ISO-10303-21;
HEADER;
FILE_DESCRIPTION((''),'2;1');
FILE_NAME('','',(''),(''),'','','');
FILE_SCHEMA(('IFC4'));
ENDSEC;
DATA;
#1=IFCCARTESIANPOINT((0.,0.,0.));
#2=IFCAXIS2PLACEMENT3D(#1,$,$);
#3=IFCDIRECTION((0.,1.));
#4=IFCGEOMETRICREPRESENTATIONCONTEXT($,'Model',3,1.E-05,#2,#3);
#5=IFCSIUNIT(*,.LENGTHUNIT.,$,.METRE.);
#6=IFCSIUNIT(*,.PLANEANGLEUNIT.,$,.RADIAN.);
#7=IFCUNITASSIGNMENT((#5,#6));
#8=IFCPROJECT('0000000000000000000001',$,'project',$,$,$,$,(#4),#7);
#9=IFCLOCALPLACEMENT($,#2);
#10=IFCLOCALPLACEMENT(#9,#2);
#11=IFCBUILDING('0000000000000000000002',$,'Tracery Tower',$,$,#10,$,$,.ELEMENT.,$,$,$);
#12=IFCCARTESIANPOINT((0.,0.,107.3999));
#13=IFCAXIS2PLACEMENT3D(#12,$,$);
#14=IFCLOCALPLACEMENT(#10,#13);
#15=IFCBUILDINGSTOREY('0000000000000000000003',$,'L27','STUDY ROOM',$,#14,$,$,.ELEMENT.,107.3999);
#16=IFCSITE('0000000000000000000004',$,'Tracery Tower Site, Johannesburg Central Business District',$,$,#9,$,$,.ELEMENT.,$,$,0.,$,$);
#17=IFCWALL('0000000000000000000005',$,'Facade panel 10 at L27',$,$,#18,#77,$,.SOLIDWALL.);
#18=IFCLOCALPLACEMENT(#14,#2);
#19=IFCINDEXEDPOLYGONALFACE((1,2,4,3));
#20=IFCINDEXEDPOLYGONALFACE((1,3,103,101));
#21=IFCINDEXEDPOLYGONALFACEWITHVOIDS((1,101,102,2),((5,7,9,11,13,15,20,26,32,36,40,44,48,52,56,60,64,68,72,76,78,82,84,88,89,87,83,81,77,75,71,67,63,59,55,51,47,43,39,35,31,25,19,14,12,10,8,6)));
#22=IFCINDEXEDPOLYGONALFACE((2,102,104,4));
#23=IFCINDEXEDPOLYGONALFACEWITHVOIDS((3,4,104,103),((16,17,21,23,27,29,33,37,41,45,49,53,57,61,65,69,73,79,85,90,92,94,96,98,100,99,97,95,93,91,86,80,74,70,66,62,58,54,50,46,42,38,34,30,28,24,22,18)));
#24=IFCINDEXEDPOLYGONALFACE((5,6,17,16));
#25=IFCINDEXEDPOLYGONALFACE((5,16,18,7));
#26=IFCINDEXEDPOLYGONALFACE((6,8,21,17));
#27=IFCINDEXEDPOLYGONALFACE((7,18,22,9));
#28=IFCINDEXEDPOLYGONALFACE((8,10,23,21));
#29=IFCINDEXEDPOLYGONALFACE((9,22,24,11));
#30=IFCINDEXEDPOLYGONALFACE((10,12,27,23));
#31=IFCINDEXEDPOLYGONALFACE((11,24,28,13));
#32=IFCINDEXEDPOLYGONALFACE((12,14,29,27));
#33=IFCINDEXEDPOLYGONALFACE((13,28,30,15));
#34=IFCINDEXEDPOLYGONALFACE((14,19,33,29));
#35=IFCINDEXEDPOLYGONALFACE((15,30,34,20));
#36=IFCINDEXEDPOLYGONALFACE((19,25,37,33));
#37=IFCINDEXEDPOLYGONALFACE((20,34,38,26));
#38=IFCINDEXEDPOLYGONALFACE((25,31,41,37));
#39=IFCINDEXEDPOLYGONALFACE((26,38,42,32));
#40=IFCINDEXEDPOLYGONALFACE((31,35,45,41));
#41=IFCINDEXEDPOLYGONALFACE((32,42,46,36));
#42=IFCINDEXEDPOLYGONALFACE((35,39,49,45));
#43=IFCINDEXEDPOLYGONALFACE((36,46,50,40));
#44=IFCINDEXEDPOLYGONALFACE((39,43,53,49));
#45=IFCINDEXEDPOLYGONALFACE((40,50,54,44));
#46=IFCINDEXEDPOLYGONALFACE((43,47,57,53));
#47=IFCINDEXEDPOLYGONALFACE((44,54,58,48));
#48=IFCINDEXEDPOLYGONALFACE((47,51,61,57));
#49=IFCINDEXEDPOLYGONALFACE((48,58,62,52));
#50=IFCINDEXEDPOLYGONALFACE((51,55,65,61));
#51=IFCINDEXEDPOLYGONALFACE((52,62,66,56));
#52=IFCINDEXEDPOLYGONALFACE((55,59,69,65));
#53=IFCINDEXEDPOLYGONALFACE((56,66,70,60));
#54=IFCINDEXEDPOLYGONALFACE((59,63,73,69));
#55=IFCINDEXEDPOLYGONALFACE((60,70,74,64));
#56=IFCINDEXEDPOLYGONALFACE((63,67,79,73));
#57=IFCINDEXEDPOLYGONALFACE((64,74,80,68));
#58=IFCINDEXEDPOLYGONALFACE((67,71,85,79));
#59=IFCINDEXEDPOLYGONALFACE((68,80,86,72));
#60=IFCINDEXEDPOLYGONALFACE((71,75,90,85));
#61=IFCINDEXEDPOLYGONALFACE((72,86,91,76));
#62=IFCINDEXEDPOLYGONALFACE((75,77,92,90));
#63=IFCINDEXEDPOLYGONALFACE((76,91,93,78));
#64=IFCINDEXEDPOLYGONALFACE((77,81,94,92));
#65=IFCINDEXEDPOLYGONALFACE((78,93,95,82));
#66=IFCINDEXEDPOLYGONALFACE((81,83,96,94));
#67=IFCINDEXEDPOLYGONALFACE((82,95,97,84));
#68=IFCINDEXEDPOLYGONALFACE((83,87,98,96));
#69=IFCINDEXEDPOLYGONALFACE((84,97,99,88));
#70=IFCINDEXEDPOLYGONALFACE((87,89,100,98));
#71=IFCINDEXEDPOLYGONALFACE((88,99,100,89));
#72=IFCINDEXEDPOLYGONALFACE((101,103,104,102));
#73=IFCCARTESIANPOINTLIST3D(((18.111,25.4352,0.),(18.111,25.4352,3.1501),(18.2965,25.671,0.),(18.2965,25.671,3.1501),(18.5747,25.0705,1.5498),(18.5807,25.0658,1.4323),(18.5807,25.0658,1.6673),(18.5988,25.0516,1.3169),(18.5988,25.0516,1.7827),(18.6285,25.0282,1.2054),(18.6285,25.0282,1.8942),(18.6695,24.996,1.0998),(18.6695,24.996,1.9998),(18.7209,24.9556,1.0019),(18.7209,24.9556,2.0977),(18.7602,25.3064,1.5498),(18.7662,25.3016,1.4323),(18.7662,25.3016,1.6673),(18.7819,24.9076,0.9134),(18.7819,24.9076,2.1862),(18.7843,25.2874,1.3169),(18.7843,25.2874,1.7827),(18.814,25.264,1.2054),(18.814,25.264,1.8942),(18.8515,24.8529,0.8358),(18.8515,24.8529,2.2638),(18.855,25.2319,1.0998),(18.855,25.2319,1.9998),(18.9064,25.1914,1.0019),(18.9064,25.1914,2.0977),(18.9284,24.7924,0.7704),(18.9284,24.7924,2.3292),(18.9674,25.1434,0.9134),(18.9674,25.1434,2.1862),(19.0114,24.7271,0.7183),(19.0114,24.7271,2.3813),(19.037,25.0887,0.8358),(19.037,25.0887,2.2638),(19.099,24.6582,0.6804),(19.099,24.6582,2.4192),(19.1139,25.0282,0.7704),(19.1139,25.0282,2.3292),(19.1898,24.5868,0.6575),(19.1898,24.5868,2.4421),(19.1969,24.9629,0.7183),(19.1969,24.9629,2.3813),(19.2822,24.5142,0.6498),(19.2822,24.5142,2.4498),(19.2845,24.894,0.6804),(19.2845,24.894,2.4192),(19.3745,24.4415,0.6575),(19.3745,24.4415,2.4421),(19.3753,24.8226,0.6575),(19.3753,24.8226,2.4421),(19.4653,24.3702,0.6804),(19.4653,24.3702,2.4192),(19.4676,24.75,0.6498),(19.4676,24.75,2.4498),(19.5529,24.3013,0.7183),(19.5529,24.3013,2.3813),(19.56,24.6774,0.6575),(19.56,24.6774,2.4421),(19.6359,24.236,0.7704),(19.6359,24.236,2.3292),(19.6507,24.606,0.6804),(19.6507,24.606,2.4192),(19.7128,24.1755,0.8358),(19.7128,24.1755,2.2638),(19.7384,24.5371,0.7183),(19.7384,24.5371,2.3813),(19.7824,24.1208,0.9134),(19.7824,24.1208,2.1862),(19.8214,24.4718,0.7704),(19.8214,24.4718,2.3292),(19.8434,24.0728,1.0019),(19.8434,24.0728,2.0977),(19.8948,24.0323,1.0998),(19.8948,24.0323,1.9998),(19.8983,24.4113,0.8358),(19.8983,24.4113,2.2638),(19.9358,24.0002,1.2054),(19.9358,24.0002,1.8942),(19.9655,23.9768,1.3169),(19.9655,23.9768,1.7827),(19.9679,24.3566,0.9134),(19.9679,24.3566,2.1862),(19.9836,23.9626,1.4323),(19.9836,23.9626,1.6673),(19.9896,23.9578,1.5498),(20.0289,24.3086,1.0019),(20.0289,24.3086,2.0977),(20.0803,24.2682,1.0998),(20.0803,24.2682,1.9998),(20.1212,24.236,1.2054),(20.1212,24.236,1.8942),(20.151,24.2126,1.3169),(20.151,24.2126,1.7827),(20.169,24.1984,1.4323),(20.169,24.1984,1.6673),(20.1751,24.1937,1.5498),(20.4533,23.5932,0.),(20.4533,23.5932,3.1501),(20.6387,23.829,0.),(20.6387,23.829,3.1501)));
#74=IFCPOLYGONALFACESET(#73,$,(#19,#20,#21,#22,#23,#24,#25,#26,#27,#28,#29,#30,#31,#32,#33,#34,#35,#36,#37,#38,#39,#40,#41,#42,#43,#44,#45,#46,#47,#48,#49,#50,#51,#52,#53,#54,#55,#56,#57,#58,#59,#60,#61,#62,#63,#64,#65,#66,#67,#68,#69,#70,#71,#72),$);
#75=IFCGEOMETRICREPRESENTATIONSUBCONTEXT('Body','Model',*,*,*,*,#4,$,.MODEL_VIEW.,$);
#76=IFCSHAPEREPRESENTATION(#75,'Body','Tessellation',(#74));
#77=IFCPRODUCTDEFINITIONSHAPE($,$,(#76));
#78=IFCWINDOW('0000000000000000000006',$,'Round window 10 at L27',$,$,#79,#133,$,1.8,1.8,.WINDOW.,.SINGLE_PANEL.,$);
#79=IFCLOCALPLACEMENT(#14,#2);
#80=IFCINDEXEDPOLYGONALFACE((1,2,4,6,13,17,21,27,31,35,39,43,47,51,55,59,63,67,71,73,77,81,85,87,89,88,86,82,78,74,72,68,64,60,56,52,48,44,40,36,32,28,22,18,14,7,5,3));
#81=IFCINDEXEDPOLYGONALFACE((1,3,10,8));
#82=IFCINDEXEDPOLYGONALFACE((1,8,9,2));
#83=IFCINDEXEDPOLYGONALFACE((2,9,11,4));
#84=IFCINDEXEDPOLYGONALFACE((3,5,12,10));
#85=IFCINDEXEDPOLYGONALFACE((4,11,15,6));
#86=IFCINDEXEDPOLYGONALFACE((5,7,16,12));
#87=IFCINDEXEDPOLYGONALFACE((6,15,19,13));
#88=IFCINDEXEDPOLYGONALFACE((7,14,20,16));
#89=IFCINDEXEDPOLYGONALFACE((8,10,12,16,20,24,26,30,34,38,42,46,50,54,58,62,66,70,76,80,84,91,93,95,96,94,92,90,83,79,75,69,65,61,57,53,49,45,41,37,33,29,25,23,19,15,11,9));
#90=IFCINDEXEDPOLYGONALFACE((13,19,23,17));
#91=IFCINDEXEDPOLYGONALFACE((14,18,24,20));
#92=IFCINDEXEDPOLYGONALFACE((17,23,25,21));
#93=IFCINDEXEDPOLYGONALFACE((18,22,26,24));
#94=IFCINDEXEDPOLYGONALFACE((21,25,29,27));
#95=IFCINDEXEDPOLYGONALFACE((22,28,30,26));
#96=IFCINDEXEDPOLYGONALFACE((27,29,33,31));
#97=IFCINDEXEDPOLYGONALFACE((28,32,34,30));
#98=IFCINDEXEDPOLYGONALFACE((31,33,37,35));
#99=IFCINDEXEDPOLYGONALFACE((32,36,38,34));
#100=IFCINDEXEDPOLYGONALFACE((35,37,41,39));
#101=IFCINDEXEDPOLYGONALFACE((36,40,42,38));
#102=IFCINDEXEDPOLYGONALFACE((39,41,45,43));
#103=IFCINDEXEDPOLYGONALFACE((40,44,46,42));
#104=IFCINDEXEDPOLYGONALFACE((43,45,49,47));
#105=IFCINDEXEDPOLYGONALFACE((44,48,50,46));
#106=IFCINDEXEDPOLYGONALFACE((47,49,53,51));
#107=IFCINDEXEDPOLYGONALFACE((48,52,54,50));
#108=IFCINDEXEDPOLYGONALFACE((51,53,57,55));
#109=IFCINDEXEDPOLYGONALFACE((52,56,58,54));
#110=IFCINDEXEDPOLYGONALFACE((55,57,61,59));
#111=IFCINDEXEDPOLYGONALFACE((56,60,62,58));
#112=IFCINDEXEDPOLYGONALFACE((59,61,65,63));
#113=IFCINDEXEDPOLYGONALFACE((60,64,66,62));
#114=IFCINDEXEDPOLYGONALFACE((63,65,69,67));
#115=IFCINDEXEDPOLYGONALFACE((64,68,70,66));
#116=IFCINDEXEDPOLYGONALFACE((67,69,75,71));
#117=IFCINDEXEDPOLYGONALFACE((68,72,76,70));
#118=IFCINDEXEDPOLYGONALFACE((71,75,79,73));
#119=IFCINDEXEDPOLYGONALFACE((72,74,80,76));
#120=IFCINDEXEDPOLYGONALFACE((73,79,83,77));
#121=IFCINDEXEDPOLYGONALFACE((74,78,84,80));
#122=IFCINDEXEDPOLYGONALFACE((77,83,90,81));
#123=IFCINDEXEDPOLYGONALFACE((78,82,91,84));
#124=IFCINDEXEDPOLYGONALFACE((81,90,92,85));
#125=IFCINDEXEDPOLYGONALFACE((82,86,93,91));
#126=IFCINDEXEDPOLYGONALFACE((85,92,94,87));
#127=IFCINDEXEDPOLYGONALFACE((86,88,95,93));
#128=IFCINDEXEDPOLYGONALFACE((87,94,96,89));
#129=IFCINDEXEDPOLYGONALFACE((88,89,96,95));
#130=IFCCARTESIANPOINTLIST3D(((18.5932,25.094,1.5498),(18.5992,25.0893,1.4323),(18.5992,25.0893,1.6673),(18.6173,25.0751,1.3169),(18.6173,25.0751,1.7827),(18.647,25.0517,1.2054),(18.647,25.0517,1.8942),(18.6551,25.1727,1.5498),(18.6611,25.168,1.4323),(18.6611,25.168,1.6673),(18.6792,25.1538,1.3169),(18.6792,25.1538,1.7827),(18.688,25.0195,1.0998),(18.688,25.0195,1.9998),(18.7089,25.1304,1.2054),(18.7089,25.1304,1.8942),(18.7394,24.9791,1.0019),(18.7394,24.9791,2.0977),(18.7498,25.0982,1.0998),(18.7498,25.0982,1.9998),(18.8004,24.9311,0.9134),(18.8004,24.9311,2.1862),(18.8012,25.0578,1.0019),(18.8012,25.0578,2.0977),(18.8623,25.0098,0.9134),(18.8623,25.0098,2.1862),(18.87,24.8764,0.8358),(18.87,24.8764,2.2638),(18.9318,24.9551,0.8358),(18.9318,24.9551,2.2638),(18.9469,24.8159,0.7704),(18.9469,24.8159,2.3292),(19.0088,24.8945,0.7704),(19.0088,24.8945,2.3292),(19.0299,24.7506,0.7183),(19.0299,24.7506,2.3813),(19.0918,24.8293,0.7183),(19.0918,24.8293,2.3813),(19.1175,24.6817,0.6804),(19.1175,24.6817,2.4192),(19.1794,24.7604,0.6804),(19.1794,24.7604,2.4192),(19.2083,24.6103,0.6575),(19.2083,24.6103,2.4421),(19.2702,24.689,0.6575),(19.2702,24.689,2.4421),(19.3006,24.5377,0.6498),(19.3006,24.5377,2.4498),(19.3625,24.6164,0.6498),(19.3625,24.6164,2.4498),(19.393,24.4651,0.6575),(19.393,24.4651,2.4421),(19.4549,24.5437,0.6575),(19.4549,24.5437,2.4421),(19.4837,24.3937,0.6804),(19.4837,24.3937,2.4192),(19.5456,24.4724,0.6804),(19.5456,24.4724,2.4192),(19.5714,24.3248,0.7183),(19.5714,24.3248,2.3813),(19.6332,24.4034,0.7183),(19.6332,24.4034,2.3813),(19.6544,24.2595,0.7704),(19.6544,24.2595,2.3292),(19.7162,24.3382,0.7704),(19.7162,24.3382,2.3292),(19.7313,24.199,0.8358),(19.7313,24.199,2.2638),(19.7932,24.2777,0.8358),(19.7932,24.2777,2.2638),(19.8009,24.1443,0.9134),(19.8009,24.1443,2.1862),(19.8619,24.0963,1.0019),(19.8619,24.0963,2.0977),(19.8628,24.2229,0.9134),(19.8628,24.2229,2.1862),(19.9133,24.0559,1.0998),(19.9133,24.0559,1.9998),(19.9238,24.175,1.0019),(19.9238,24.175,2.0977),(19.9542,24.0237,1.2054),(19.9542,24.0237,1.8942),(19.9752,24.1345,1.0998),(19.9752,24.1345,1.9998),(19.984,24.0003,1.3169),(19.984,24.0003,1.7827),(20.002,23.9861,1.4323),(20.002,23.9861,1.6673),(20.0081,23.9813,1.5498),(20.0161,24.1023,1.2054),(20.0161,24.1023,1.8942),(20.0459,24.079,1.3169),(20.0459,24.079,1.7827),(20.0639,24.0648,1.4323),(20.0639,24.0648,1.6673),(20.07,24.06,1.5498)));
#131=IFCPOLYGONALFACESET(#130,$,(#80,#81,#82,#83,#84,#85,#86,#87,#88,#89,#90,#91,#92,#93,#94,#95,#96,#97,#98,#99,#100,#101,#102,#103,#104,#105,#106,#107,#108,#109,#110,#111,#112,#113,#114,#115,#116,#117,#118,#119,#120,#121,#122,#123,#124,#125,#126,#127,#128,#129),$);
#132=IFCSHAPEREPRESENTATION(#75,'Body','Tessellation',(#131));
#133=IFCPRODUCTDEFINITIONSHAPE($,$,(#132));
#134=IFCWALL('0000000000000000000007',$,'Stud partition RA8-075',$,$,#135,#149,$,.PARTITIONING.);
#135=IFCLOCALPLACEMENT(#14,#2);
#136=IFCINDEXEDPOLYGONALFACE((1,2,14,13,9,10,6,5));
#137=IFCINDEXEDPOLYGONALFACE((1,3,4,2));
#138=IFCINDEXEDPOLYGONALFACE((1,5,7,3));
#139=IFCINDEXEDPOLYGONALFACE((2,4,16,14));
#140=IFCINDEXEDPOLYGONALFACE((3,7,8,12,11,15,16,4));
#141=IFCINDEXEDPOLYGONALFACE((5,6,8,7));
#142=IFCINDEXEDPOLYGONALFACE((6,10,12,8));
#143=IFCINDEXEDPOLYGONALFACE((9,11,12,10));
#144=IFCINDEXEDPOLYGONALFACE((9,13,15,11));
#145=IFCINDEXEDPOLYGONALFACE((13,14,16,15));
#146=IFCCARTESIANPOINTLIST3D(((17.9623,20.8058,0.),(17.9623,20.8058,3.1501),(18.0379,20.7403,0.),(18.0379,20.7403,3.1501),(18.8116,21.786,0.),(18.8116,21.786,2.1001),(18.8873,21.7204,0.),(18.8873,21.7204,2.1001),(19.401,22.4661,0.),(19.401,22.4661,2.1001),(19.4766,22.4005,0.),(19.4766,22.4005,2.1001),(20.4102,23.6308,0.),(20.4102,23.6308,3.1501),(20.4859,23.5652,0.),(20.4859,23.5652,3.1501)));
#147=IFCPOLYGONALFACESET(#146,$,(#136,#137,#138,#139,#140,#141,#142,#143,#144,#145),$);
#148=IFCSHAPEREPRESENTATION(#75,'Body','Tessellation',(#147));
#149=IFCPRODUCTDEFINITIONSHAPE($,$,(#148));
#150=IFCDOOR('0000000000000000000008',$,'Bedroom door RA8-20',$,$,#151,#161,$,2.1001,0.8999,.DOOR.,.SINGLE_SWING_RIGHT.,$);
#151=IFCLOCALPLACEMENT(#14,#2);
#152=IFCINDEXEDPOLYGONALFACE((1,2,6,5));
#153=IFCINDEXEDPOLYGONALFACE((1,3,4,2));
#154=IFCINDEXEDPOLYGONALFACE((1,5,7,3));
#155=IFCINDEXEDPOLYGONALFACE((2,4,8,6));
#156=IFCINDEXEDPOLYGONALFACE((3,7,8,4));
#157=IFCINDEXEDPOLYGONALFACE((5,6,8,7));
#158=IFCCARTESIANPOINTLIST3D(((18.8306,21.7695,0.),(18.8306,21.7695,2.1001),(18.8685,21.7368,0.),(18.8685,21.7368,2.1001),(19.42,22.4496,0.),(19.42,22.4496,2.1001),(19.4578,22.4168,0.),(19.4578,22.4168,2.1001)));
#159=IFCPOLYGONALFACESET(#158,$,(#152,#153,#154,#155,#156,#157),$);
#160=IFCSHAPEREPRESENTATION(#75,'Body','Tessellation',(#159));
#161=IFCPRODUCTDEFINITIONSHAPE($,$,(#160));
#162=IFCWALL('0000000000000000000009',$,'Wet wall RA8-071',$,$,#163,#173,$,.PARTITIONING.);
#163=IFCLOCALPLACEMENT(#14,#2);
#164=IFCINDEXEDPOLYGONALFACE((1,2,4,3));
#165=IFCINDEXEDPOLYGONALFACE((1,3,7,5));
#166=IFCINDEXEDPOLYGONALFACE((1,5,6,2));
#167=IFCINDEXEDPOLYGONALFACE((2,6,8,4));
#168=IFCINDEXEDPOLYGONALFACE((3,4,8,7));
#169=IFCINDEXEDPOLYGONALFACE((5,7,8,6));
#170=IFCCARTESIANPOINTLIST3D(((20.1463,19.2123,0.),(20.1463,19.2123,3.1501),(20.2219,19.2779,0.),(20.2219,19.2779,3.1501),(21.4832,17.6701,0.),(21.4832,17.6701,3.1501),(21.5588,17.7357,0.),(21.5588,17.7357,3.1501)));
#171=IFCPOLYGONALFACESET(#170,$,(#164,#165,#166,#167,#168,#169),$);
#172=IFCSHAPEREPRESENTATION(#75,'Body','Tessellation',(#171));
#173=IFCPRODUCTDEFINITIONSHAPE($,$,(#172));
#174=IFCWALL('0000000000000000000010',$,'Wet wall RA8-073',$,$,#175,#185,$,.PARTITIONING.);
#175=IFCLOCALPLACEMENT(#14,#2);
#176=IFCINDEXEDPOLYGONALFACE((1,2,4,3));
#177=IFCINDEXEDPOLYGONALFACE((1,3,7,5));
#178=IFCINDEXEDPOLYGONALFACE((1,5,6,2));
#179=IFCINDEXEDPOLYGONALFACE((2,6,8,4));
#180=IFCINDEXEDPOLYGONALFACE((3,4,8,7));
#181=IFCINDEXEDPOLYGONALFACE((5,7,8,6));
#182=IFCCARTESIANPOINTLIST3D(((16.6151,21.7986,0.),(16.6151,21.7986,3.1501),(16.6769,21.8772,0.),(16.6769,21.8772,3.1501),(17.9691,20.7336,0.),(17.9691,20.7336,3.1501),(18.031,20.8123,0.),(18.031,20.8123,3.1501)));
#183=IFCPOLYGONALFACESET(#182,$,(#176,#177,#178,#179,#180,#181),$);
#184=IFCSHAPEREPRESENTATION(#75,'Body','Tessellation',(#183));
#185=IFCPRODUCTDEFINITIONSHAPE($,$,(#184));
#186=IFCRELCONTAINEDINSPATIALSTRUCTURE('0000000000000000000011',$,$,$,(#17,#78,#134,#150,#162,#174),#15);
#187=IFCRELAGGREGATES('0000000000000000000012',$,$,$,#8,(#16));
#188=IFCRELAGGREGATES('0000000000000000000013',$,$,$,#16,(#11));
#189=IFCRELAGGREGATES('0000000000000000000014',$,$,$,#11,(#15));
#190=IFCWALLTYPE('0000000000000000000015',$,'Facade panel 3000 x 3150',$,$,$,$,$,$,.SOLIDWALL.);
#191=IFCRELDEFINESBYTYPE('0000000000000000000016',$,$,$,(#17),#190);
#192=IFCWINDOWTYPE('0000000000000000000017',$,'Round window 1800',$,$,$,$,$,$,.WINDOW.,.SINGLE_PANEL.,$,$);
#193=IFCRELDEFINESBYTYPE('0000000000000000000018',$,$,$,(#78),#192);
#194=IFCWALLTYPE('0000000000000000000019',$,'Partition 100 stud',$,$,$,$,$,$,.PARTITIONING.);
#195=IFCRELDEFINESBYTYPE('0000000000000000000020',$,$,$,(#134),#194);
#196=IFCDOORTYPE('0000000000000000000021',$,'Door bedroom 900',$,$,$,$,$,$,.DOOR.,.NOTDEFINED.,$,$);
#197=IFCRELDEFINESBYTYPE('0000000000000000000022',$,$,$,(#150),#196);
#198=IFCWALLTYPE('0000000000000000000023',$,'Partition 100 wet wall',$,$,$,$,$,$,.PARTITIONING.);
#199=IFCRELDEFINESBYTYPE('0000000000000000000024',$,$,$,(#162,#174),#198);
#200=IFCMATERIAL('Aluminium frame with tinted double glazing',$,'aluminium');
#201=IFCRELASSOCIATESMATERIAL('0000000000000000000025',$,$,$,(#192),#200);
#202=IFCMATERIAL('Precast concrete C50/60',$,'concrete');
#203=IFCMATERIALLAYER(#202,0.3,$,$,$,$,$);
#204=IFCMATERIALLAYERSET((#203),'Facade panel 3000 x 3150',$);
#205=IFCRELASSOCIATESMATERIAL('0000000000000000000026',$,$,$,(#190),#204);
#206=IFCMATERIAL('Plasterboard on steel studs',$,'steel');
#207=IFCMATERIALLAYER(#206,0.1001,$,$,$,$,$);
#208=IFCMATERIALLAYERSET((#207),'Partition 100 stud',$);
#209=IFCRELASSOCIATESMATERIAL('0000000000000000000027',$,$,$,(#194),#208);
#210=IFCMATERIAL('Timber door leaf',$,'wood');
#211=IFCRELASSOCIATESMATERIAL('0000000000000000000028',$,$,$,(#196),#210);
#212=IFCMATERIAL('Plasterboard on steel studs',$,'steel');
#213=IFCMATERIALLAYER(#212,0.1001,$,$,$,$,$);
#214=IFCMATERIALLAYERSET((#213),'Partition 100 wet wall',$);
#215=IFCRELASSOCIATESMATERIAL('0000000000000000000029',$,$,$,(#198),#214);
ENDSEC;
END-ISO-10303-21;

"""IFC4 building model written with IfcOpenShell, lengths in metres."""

from ifc_helpers import new_model, si_unit, direction, frame, frame_2d, origin, origin_2d, place, context, subcontext, project, spatial, rectangle, circle, extrude, material, layer, layer_set, type_object, element, fill, save


model = new_model("IFC4")

# Units and contexts
model_context = context("Model", 3, precision=1e-05, world=origin(), true_north=direction((0.0, 1.0)))
body_context = subcontext(model_context, "Body", "Model", "MODEL_VIEW")
ifc_project = project(units=[si_unit("LENGTHUNIT", "METRE"), si_unit("PLANEANGLEUNIT", "RADIAN")], contexts=[model_context])

# Site, building, storey
site_placement = place(None, origin())
site = spatial("IfcSite", under=ifc_project, at=site_placement, Name="Tracery Tower Site, Johannesburg Central Business District", CompositionType="ELEMENT", RefElevation=0.0)
building_placement = place(site_placement, origin())
building = spatial("IfcBuilding", under=site, at=building_placement, Name="Tracery Tower", CompositionType="ELEMENT")
storey_placement = place(building_placement, frame((0.0, 0.0, 107.3999)))
storey = spatial("IfcBuildingStorey", under=building, at=storey_placement, Name="L27", Description="STUDY ROOM", CompositionType="ELEMENT", Elevation=107.3999)

# Wall, opening, window
ifc_material_1 = material(Name="Aluminium frame with tinted double glazing", Category="aluminium")
window_type = type_object("IfcWindowType", Name="Round window 1800", PartitioningType="SINGLE_PANEL", PredefinedType="WINDOW", material=ifc_material_1)
ifc_material_2 = material(Name="Precast concrete C50/60", Category="concrete")
ifc_layer_1 = layer(ifc_material_2, 0.3)
ifc_layer_set_1 = layer_set([ifc_layer_1], Name="Facade panel 3000 x 3150")
wall_type_1 = type_object("IfcWallType", Name="Facade panel 3000 x 3150", PredefinedType="SOLIDWALL", material=ifc_layer_set_1)
wall_1_placement = place(storey_placement, frame((20.5459, 23.7112, 0.0), z_axis=(0.0, 0.0, 1.0), x_axis=(-0.786045, 0.618169, 0.0)))
wall_1 = element("IfcWall", 1, at=wall_1_placement, inside=storey, type_object=wall_type_1, Name="Facade panel 10 at L27", PredefinedType="SOLIDWALL", context=body_context, shape_type="SweptSolid", body=[
    extrude(rectangle(XDim=2.9797, YDim=0.3, at=frame_2d((1.4897, 0.0))), origin(), (0.0, 0.0, 1.0), 3.1501),
])
opening_1_placement = place(wall_1_placement, frame((1.4897, 0.0, 1.5498)))
opening_1 = element("IfcOpeningElement", 2, at=opening_1_placement, cuts=wall_1, PredefinedType="OPENING", context=body_context, shape_type="SweptSolid", body=[
    extrude(circle(Radius=0.9, at=origin_2d()), frame((0.0, 0.1599, 0.0), z_axis=(0.0, -1.0, 0.0), x_axis=(1.0, 0.0, 0.0)), (0.0, 0.0, 1.0), 0.3201),
])
window_1_placement = place(opening_1_placement, origin())
window_1 = element("IfcWindow", 3, at=window_1_placement, inside=storey, type_object=window_type, Name="Round window 10 at L27", OverallHeight=1.8, OverallWidth=1.8, PartitioningType="SINGLE_PANEL", PredefinedType="WINDOW", context=body_context, shape_type="SweptSolid", body=[
    extrude(circle(Radius=0.9, at=origin_2d()), frame((0.0, 0.1201, 0.0), z_axis=(0.0, -1.0, 0.0), x_axis=(1.0, 0.0, 0.0)), (0.0, 0.0, 1.0), 0.1001),
])
fill(opening_1, window_1)

# Wall, opening, door
ifc_material_3 = material(Name="Plasterboard on steel studs", Category="steel")
ifc_layer_2 = layer(ifc_material_3, 0.1001)
ifc_layer_set_2 = layer_set([ifc_layer_2], Name="Partition 100 stud")
wall_type_2 = type_object("IfcWallType", Name="Partition 100 stud", PredefinedType="PARTITIONING", material=ifc_layer_set_2)
wall_2_placement = place(storey_placement, frame((18.0, 20.7729, 0.0), z_axis=(0.0, 0.0, 1.0), x_axis=(0.654886, 0.755728, 0.0)))
wall_2 = element("IfcWall", 4, at=wall_2_placement, inside=storey, type_object=wall_type_2, Name="Stud partition RA8-075", PredefinedType="PARTITIONING", context=body_context, shape_type="SweptSolid", body=[
    extrude(rectangle(XDim=3.738, YDim=0.1001, at=frame_2d((1.8691, 0.0))), origin(), (0.0, 0.0, 1.0), 3.1501),
])
opening_2_placement = place(wall_2_placement, frame((1.2971, 0.0, 0.0)))
opening_2 = element("IfcOpeningElement", 5, at=opening_2_placement, cuts=wall_2, PredefinedType="OPENING", context=body_context, shape_type="SweptSolid", body=[
    extrude(rectangle(XDim=0.8999, YDim=2.1001, at=frame_2d((0.45, 1.05))), frame((0.0, 0.05, 0.0), z_axis=(0.0, -1.0, 0.0), x_axis=(1.0, 0.0, 0.0)), (0.0, 0.0, 1.0), 0.1001),
])
ifc_material_4 = material(Name="Timber door leaf", Category="wood")
door_type = type_object("IfcDoorType", Name="Door bedroom 900", OperationType="NOTDEFINED", PredefinedType="DOOR", material=ifc_material_4)
door_placement = place(opening_2_placement, origin())
door = element("IfcDoor", 6, at=door_placement, inside=storey, type_object=door_type, Name="Bedroom door RA8-20", OperationType="SINGLE_SWING_RIGHT", OverallHeight=2.1001, OverallWidth=0.8999, PredefinedType="DOOR", context=body_context, shape_type="SweptSolid", body=[
    extrude(rectangle(XDim=0.8999, YDim=2.1001, at=frame_2d((0.45, 1.05))), frame((0.0, 0.0249, 0.0), z_axis=(0.0, -1.0, 0.0), x_axis=(1.0, 0.0, 0.0)), (0.0, 0.0, 1.0), 0.05),
])
fill(opening_2, door)

# Walls
ifc_material_5 = material(Name="Plasterboard on steel studs", Category="steel")
ifc_layer_3 = layer(ifc_material_5, 0.1001)
ifc_layer_set_3 = layer_set([ifc_layer_3], Name="Partition 100 wet wall")
wall_type_3 = type_object("IfcWallType", Name="Partition 100 wet wall", PredefinedType="PARTITIONING", material=ifc_layer_set_3)
wall_3_placement = place(storey_placement, frame((20.1841, 19.2451, 0.0), z_axis=(0.0, 0.0, 1.0), x_axis=(0.655017, -0.755614, 0.0)))
element("IfcWall", 7, at=wall_3_placement, inside=storey, type_object=wall_type_3, Name="Wet wall RA8-071", PredefinedType="PARTITIONING", context=body_context, shape_type="SweptSolid", body=[
    extrude(rectangle(XDim=2.041, YDim=0.1001, at=frame_2d((1.0205, 0.0))), origin(), (0.0, 0.0, 1.0), 3.1501),
])
wall_4_placement = place(storey_placement, frame((16.646, 21.8379, 0.0), z_axis=(0.0, 0.0, 1.0), x_axis=(0.786013, -0.61821, 0.0)))
element("IfcWall", 8, at=wall_4_placement, inside=storey, type_object=wall_type_3, Name="Wet wall RA8-073", PredefinedType="PARTITIONING", context=body_context, shape_type="SweptSolid", body=[
    extrude(rectangle(XDim=1.7227, YDim=0.1001, at=frame_2d((0.8613, 0.0))), origin(), (0.0, 0.0, 1.0), 3.1501),
])

save(model, "model.ifc")
